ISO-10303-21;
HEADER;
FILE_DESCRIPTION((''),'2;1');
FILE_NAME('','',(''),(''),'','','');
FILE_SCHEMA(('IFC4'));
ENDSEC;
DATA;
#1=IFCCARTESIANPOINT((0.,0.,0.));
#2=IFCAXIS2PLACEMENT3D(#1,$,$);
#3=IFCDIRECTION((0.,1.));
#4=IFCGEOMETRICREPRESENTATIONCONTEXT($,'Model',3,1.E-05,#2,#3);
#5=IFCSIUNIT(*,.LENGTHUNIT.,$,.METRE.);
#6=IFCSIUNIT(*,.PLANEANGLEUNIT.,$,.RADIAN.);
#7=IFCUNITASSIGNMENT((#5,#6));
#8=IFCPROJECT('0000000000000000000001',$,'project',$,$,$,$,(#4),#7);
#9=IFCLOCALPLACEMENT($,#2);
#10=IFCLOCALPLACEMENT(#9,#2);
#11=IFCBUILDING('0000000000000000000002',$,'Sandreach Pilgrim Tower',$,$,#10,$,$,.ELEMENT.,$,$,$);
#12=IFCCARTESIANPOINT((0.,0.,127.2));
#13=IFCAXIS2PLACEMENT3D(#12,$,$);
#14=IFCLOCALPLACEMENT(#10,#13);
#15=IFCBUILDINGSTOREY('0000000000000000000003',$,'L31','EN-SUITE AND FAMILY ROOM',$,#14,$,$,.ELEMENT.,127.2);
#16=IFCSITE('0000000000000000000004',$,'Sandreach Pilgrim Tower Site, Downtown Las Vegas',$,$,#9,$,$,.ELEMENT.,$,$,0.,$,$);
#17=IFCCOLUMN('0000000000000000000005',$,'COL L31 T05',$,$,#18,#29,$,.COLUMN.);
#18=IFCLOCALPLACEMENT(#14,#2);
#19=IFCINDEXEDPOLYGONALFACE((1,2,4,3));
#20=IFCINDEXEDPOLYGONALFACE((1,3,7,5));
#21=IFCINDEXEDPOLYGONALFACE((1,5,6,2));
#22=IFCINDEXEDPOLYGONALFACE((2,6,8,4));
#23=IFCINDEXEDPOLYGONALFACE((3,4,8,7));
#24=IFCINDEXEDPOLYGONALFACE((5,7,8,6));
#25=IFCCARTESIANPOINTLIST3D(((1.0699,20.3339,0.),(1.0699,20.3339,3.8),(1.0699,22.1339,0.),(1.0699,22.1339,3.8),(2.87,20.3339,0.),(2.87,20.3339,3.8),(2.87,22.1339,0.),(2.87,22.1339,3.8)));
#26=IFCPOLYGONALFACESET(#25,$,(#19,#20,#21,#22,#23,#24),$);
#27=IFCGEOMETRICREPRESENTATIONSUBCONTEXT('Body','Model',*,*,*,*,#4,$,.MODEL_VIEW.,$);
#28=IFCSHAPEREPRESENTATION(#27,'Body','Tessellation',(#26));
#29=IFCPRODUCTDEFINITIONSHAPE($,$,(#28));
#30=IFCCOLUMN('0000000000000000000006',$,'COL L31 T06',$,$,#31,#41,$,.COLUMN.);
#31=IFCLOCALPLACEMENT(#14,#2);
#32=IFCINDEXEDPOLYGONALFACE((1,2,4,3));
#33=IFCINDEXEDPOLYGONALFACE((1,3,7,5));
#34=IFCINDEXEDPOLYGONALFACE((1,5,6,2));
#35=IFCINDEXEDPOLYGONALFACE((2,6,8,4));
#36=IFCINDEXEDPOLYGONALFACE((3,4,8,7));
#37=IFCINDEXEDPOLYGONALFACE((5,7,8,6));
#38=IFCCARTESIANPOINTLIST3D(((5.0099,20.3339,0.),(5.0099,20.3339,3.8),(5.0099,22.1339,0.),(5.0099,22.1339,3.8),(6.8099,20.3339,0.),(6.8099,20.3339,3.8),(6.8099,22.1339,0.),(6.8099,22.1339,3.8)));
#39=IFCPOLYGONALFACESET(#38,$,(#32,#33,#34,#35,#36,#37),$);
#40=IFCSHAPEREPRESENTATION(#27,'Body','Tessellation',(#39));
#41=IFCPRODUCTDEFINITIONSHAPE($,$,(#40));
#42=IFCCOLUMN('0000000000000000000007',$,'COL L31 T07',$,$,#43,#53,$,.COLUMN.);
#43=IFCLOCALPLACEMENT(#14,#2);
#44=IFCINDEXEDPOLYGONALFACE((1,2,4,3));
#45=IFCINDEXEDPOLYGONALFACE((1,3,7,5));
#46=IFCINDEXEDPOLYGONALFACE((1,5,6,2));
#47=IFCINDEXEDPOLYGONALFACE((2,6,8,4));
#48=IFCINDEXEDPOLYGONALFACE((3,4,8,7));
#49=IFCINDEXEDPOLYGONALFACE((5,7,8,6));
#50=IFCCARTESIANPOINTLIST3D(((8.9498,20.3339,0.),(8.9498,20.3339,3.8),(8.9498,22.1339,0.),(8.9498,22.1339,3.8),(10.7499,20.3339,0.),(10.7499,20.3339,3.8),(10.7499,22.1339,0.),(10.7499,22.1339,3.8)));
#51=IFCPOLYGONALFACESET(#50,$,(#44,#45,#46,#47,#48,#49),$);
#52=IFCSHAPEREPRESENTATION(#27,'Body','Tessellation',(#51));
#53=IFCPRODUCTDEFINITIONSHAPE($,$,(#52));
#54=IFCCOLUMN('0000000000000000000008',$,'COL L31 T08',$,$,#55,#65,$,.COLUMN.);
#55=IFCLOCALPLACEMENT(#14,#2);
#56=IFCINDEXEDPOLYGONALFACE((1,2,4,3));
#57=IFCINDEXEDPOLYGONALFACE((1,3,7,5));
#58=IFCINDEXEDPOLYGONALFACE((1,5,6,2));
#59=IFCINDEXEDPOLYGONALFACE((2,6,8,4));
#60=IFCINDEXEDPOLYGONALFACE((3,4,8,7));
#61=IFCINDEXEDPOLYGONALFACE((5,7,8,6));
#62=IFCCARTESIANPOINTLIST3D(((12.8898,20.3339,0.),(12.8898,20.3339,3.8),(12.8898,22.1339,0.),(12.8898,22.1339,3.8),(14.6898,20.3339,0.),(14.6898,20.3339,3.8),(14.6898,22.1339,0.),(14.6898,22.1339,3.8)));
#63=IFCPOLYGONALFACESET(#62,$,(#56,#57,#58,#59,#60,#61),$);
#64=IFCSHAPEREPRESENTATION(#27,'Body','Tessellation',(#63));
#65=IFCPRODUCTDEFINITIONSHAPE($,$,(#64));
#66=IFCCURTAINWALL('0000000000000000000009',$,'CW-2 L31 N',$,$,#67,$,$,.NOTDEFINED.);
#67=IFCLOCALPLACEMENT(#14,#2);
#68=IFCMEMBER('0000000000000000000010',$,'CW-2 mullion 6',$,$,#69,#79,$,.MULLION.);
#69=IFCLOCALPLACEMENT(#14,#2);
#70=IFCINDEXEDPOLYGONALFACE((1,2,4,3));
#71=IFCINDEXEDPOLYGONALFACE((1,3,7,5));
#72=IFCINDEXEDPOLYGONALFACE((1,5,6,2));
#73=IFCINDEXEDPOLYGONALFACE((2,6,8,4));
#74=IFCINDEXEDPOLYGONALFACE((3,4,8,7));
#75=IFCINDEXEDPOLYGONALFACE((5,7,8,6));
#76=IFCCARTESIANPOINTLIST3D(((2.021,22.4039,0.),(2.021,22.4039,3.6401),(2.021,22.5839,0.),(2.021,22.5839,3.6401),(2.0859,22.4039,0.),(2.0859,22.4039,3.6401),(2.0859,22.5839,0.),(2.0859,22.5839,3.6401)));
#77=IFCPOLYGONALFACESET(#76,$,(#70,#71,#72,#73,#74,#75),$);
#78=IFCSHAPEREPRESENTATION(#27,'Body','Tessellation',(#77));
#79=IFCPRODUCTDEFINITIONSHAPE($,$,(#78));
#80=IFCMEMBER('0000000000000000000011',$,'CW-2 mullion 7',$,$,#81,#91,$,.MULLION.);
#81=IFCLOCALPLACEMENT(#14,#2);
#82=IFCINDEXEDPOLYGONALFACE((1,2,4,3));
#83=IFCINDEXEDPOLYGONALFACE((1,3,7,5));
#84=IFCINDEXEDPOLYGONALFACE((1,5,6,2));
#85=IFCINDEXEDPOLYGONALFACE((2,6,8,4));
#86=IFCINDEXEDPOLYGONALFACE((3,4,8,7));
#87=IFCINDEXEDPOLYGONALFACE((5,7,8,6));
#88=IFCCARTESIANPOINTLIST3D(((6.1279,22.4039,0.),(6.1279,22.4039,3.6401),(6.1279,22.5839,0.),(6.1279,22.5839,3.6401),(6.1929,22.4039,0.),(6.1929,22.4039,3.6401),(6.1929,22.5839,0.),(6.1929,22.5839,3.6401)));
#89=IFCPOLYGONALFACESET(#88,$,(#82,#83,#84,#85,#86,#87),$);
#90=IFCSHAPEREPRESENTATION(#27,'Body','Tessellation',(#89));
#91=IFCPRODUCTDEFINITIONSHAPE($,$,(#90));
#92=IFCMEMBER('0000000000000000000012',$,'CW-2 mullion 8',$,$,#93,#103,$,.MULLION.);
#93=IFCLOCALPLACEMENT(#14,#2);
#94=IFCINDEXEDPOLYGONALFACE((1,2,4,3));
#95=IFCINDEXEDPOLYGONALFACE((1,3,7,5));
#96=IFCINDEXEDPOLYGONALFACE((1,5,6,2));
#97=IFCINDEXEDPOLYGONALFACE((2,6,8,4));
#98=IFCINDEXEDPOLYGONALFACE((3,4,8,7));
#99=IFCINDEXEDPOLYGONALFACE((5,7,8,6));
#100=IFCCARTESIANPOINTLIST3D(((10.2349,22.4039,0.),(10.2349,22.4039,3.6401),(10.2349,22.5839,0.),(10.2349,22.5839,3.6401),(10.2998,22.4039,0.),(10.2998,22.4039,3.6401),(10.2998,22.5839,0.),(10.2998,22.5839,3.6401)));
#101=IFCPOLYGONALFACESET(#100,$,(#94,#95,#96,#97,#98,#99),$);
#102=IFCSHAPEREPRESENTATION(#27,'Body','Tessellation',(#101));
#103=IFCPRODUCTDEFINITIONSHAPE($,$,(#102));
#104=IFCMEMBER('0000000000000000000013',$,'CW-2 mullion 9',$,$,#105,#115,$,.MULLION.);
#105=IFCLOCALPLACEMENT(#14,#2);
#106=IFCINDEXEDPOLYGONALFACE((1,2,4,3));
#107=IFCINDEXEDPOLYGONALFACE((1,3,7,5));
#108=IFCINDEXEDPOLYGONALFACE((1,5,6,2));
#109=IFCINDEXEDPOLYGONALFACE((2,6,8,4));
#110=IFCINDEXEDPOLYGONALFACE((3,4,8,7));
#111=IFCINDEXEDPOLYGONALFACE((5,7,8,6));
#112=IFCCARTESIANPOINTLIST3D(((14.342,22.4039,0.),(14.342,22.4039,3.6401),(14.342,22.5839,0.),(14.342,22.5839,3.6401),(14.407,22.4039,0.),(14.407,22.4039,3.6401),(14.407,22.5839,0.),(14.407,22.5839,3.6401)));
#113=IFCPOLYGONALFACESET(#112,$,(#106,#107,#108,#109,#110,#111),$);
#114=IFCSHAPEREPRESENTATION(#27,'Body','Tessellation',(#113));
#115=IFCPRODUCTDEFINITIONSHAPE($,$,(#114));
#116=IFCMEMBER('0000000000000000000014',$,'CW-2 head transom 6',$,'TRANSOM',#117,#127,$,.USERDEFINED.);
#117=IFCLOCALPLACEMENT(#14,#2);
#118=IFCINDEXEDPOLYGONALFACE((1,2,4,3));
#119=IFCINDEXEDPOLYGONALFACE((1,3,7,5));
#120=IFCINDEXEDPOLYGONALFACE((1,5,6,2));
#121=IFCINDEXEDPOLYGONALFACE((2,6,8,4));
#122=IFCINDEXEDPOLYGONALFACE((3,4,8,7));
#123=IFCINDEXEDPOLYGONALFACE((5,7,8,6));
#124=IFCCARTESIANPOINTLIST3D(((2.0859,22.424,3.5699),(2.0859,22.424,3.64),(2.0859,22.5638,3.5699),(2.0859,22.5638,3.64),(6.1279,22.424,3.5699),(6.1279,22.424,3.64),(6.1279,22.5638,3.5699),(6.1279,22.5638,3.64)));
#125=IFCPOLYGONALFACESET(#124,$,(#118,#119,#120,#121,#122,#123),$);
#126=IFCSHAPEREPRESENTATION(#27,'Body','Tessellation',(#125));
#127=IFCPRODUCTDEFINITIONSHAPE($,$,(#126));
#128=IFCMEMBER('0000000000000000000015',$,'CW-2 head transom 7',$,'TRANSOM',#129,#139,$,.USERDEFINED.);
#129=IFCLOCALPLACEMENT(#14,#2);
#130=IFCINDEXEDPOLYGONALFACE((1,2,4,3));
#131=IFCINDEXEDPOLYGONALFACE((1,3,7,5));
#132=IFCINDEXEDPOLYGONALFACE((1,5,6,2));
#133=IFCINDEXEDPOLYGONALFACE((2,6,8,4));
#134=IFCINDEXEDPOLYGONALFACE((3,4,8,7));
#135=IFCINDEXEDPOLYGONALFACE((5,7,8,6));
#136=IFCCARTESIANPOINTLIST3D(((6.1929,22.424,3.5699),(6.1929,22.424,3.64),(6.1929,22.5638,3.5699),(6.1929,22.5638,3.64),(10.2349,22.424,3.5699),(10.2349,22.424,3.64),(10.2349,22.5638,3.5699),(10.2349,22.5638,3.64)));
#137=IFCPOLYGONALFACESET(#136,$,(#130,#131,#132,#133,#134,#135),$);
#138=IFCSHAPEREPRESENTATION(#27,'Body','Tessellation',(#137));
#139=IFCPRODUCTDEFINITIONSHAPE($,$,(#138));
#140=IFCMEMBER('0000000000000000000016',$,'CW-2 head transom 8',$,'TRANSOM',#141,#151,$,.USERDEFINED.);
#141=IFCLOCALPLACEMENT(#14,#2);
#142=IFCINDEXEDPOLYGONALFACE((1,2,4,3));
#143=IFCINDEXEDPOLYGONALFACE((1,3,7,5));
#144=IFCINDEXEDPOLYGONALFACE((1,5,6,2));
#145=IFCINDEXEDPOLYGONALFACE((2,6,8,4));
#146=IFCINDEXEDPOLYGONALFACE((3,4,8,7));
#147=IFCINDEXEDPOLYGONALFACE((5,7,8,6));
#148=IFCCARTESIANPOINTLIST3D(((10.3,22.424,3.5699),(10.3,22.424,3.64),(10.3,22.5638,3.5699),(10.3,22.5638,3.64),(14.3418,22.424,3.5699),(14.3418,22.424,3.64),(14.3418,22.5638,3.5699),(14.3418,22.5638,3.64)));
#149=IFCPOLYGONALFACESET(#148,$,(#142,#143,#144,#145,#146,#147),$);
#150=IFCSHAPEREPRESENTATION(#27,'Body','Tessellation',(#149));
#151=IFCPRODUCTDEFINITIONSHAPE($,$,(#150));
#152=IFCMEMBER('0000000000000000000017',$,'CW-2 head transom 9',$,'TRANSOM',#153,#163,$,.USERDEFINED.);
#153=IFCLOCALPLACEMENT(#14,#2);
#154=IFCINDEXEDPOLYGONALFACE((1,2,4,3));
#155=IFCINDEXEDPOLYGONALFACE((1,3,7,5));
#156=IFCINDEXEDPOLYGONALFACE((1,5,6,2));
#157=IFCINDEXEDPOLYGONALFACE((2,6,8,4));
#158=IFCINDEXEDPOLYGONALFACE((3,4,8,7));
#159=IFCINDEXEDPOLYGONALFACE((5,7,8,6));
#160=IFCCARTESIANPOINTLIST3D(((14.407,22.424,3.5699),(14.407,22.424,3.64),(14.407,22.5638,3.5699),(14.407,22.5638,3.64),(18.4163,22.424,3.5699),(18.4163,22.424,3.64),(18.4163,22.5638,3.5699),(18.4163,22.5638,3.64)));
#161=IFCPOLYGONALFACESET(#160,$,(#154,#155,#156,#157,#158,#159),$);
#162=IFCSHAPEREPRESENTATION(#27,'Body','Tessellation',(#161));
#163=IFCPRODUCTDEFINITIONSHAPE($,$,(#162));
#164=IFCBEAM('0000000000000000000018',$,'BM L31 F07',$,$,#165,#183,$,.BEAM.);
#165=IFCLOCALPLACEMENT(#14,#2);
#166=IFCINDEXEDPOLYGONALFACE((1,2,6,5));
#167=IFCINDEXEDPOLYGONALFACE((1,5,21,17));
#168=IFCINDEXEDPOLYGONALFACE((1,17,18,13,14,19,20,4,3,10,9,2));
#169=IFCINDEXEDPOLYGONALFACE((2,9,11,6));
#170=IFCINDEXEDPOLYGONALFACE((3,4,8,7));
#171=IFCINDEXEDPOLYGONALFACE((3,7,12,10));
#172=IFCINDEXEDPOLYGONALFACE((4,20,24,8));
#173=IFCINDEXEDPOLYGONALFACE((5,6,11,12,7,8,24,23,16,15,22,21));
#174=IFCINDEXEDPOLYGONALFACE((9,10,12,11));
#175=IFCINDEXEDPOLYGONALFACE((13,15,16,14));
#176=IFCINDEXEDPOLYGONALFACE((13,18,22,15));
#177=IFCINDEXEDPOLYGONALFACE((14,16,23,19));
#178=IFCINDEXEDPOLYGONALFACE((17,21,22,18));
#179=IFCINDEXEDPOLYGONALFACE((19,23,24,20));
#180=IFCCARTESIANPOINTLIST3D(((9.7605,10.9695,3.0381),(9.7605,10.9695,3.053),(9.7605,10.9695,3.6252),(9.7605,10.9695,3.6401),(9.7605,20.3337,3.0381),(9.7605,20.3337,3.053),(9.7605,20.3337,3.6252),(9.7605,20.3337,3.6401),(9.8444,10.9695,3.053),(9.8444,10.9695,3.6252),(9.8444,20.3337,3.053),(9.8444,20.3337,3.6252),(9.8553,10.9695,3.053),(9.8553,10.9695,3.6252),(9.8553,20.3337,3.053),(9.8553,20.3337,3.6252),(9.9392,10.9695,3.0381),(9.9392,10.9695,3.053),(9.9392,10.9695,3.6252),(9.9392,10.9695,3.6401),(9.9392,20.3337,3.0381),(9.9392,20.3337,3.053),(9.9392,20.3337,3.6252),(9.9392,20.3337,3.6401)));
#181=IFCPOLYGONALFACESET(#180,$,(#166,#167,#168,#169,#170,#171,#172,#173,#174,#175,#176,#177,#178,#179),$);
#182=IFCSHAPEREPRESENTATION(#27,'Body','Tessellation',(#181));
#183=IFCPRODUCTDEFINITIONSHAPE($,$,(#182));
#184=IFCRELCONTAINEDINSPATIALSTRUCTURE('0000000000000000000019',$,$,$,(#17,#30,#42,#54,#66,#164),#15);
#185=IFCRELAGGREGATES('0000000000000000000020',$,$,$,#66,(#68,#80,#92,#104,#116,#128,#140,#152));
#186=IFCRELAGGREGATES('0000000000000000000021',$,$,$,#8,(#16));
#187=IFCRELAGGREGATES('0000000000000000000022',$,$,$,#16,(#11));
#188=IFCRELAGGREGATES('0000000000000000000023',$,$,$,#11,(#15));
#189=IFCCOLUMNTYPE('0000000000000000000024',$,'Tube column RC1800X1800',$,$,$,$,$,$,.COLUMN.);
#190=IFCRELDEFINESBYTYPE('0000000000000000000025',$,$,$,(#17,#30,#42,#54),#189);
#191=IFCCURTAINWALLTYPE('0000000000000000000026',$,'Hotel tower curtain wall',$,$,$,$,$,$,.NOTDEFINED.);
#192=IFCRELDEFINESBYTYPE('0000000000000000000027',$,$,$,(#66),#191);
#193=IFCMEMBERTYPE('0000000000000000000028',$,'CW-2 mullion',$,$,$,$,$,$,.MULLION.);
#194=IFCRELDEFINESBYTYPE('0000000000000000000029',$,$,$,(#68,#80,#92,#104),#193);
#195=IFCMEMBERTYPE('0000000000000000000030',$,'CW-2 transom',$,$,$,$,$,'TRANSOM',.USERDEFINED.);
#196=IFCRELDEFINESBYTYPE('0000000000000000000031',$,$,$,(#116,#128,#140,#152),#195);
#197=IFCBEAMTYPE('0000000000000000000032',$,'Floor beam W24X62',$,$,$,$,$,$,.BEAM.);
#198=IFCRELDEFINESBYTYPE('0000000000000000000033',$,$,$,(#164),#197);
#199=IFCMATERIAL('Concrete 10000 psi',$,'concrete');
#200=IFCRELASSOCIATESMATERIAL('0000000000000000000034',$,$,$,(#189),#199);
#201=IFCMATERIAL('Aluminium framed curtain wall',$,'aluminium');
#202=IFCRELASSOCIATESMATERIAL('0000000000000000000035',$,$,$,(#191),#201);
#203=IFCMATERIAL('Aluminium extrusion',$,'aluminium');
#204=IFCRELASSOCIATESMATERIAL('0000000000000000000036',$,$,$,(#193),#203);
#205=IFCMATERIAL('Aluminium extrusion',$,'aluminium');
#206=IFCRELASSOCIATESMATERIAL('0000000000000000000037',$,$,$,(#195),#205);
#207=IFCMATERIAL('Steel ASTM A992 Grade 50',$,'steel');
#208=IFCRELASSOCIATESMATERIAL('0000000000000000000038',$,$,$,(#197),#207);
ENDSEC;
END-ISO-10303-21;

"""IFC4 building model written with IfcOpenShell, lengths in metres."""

from ifc_helpers import new_model, si_unit, direction, frame, origin, origin_2d, place, context, subcontext, project, spatial, rectangle, i_section, extrude, material, material_profile, profile_set, type_object, element, aggregate, save


model = new_model("IFC4")

# Units and contexts
model_context = context("Model", 3, precision=1e-05, world=origin(), true_north=direction((0.0, 1.0)))
body_context = subcontext(model_context, "Body", "Model", "MODEL_VIEW")
ifc_project = project(units=[si_unit("LENGTHUNIT", "METRE"), si_unit("PLANEANGLEUNIT", "RADIAN")], contexts=[model_context])

# Site, building, storey
site_placement = place(None, origin())
site = spatial("IfcSite", under=ifc_project, at=site_placement, Name="Sandreach Pilgrim Tower Site, Downtown Las Vegas", CompositionType="ELEMENT", RefElevation=0.0)
building_placement = place(site_placement, origin())
building = spatial("IfcBuilding", under=site, at=building_placement, Name="Sandreach Pilgrim Tower", CompositionType="ELEMENT")
storey_placement = place(building_placement, frame((0.0, 0.0, 127.2)))
storey = spatial("IfcBuildingStorey", under=building, at=storey_placement, Name="L31", Description="EN-SUITE AND FAMILY ROOM", CompositionType="ELEMENT", Elevation=127.2)

# Columns
ifc_material_1 = material(Name="Concrete 10000 psi", Category="concrete")
ifc_material_profile_1 = material_profile(ifc_material_1, rectangle(XDim=1.8, YDim=1.8, at=origin_2d()), Name="RC1800X1800")
ifc_profile_set_1 = profile_set([ifc_material_profile_1], Name="Concrete 10000 psi")
column_type = type_object("IfcColumnType", Name="Tube column RC1800X1800", PredefinedType="COLUMN", material=ifc_profile_set_1)
for number, where, z_axis, x_axis, name in (
    (1, (1.97, 21.2339, 0.0), (0.0, 0.0, 1.0), (0.0, 1.0, 0.0), "COL L31 T05"),
    (2, (5.9099, 21.2339, 0.0), (0.0, 0.0, 1.0), (0.0, 1.0, 0.0), "COL L31 T06"),
    (3, (9.8499, 21.2339, 0.0), (0.0, 0.0, 1.0), (0.0, 1.0, 0.0), "COL L31 T07"),
    (4, (13.7898, 21.2339, 0.0), (0.0, 0.0, 1.0), (0.0, 1.0, 0.0), "COL L31 T08"),
):
    element("IfcColumn", number, at=place(storey_placement, frame(where, z_axis=z_axis, x_axis=x_axis)), inside=storey, type_object=column_type, Name=name, PredefinedType="COLUMN", context=body_context, shape_type="SweptSolid", body=[
        extrude(rectangle(XDim=1.8, YDim=1.8, at=origin_2d()), origin(), (0.0, 0.0, 1.0), 3.8),
    ])

# Curtain wall, members
ifc_material_2 = material(Name="Aluminium framed curtain wall", Category="aluminium")
curtain_wall_type = type_object("IfcCurtainWallType", Name="Hotel tower curtain wall", PredefinedType="NOTDEFINED", material=ifc_material_2)
curtain_wall_placement = place(storey_placement, origin())
curtain_wall = element("IfcCurtainWall", 5, at=curtain_wall_placement, inside=storey, type_object=curtain_wall_type, Name="CW-2 L31 N", PredefinedType="NOTDEFINED")
ifc_material_3 = material(Name="Aluminium extrusion", Category="aluminium")
ifc_material_profile_2 = material_profile(ifc_material_3, rectangle(XDim=0.0649, YDim=0.1799, at=origin_2d()), Name="CW-2M 65X180")
ifc_profile_set_2 = profile_set([ifc_material_profile_2], Name="Aluminium extrusion")
member_type_1 = type_object("IfcMemberType", Name="CW-2 mullion", PredefinedType="MULLION", material=ifc_profile_set_2)
member_1_placement = place(storey_placement, frame((2.0535, 22.4939, 0.0), z_axis=(0.0, 0.0, 1.0), x_axis=(1.0, 0.0, 0.0)))
member_1 = element("IfcMember", 6, at=member_1_placement, type_object=member_type_1, Name="CW-2 mullion 6", PredefinedType="MULLION", context=body_context, shape_type="SweptSolid", body=[
    extrude(rectangle(XDim=0.0649, YDim=0.1799, at=origin_2d()), origin(), (0.0, 0.0, 1.0), 3.6401),
])
member_2_placement = place(storey_placement, frame((6.1604, 22.4939, 0.0), z_axis=(0.0, 0.0, 1.0), x_axis=(1.0, 0.0, 0.0)))
member_2 = element("IfcMember", 7, at=member_2_placement, type_object=member_type_1, Name="CW-2 mullion 7", PredefinedType="MULLION", context=body_context, shape_type="SweptSolid", body=[
    extrude(rectangle(XDim=0.0649, YDim=0.1799, at=origin_2d()), origin(), (0.0, 0.0, 1.0), 3.6401),
])
member_3_placement = place(storey_placement, frame((10.2673, 22.4939, 0.0), z_axis=(0.0, 0.0, 1.0), x_axis=(1.0, 0.0, 0.0)))
member_3 = element("IfcMember", 8, at=member_3_placement, type_object=member_type_1, Name="CW-2 mullion 8", PredefinedType="MULLION", context=body_context, shape_type="SweptSolid", body=[
    extrude(rectangle(XDim=0.0649, YDim=0.1799, at=origin_2d()), origin(), (0.0, 0.0, 1.0), 3.6401),
])
member_4_placement = place(storey_placement, frame((14.3745, 22.4939, 0.0), z_axis=(0.0, 0.0, 1.0), x_axis=(1.0, 0.0, 0.0)))
member_4 = element("IfcMember", 9, at=member_4_placement, type_object=member_type_1, Name="CW-2 mullion 9", PredefinedType="MULLION", context=body_context, shape_type="SweptSolid", body=[
    extrude(rectangle(XDim=0.0649, YDim=0.1799, at=origin_2d()), origin(), (0.0, 0.0, 1.0), 3.6401),
])
ifc_material_4 = material(Name="Aluminium extrusion", Category="aluminium")
ifc_material_profile_3 = material_profile(ifc_material_4, rectangle(XDim=0.1399, YDim=0.0701, at=origin_2d()), Name="CW-2T 140X70")
ifc_profile_set_3 = profile_set([ifc_material_profile_3], Name="Aluminium extrusion")
member_type_2 = type_object("IfcMemberType", Name="CW-2 transom", ElementType="TRANSOM", PredefinedType="USERDEFINED", material=ifc_profile_set_3)
member_5_placement = place(storey_placement, frame((2.0859, 22.4939, 3.605), z_axis=(1.0, 0.0, 0.0), x_axis=(0.0, 1.0, 0.0)))
member_5 = element("IfcMember", 10, at=member_5_placement, type_object=member_type_2, Name="CW-2 head transom 6", ObjectType="TRANSOM", PredefinedType="USERDEFINED", context=body_context, shape_type="SweptSolid", body=[
    extrude(rectangle(XDim=0.1399, YDim=0.0701, at=origin_2d()), origin(), (0.0, 0.0, 1.0), 4.042),
])
member_6_placement = place(storey_placement, frame((6.1929, 22.4939, 3.605), z_axis=(1.0, 0.0, 0.0), x_axis=(0.0, 1.0, 0.0)))
member_6 = element("IfcMember", 11, at=member_6_placement, type_object=member_type_2, Name="CW-2 head transom 7", ObjectType="TRANSOM", PredefinedType="USERDEFINED", context=body_context, shape_type="SweptSolid", body=[
    extrude(rectangle(XDim=0.1399, YDim=0.0701, at=origin_2d()), origin(), (0.0, 0.0, 1.0), 4.042),
])
member_7_placement = place(storey_placement, frame((10.3, 22.4939, 3.605), z_axis=(1.0, 0.0, 0.0), x_axis=(0.0, 1.0, 0.0)))
member_7 = element("IfcMember", 12, at=member_7_placement, type_object=member_type_2, Name="CW-2 head transom 8", ObjectType="TRANSOM", PredefinedType="USERDEFINED", context=body_context, shape_type="SweptSolid", body=[
    extrude(rectangle(XDim=0.1399, YDim=0.0701, at=origin_2d()), origin(), (0.0, 0.0, 1.0), 4.0417),
])
member_8_placement = place(storey_placement, frame((14.407, 22.4939, 3.605), z_axis=(1.0, 0.0, 0.0), x_axis=(0.0, 1.0, 0.0)))
member_8 = element("IfcMember", 13, at=member_8_placement, type_object=member_type_2, Name="CW-2 head transom 9", ObjectType="TRANSOM", PredefinedType="USERDEFINED", context=body_context, shape_type="SweptSolid", body=[
    extrude(rectangle(XDim=0.1399, YDim=0.0701, at=origin_2d()), origin(), (0.0, 0.0, 1.0), 4.0093),
])

# Beam
ifc_material_5 = material(Name="Steel ASTM A992 Grade 50", Category="steel")
ifc_material_profile_4 = material_profile(ifc_material_5, i_section(OverallWidth=0.1787, OverallDepth=0.6021, WebThickness=0.011, FlangeThickness=0.0149, at=origin_2d()), Name="W24X62")
ifc_profile_set_4 = profile_set([ifc_material_profile_4], Name="Steel ASTM A992 Grade 50")
beam_type_1 = type_object("IfcBeamType", Name="Floor beam W24X62", PredefinedType="BEAM", material=ifc_profile_set_4)
beam_1_placement = place(storey_placement, frame((9.8499, 20.3337, 3.3391), z_axis=(0.0, -1.0, 0.0), x_axis=(1.0, 0.0, 0.0)))
element("IfcBeam", 14, at=beam_1_placement, inside=storey, type_object=beam_type_1, Name="BM L31 F07", PredefinedType="BEAM", context=body_context, shape_type="SweptSolid", body=[
    extrude(i_section(OverallWidth=0.1787, OverallDepth=0.6021, WebThickness=0.011, FlangeThickness=0.0149, at=origin_2d()), origin(), (0.0, 0.0, 1.0), 9.3643),
])

aggregate(curtain_wall, [member_1, member_2, member_3, member_4, member_5, member_6, member_7, member_8])

save(model, "model.ifc")
